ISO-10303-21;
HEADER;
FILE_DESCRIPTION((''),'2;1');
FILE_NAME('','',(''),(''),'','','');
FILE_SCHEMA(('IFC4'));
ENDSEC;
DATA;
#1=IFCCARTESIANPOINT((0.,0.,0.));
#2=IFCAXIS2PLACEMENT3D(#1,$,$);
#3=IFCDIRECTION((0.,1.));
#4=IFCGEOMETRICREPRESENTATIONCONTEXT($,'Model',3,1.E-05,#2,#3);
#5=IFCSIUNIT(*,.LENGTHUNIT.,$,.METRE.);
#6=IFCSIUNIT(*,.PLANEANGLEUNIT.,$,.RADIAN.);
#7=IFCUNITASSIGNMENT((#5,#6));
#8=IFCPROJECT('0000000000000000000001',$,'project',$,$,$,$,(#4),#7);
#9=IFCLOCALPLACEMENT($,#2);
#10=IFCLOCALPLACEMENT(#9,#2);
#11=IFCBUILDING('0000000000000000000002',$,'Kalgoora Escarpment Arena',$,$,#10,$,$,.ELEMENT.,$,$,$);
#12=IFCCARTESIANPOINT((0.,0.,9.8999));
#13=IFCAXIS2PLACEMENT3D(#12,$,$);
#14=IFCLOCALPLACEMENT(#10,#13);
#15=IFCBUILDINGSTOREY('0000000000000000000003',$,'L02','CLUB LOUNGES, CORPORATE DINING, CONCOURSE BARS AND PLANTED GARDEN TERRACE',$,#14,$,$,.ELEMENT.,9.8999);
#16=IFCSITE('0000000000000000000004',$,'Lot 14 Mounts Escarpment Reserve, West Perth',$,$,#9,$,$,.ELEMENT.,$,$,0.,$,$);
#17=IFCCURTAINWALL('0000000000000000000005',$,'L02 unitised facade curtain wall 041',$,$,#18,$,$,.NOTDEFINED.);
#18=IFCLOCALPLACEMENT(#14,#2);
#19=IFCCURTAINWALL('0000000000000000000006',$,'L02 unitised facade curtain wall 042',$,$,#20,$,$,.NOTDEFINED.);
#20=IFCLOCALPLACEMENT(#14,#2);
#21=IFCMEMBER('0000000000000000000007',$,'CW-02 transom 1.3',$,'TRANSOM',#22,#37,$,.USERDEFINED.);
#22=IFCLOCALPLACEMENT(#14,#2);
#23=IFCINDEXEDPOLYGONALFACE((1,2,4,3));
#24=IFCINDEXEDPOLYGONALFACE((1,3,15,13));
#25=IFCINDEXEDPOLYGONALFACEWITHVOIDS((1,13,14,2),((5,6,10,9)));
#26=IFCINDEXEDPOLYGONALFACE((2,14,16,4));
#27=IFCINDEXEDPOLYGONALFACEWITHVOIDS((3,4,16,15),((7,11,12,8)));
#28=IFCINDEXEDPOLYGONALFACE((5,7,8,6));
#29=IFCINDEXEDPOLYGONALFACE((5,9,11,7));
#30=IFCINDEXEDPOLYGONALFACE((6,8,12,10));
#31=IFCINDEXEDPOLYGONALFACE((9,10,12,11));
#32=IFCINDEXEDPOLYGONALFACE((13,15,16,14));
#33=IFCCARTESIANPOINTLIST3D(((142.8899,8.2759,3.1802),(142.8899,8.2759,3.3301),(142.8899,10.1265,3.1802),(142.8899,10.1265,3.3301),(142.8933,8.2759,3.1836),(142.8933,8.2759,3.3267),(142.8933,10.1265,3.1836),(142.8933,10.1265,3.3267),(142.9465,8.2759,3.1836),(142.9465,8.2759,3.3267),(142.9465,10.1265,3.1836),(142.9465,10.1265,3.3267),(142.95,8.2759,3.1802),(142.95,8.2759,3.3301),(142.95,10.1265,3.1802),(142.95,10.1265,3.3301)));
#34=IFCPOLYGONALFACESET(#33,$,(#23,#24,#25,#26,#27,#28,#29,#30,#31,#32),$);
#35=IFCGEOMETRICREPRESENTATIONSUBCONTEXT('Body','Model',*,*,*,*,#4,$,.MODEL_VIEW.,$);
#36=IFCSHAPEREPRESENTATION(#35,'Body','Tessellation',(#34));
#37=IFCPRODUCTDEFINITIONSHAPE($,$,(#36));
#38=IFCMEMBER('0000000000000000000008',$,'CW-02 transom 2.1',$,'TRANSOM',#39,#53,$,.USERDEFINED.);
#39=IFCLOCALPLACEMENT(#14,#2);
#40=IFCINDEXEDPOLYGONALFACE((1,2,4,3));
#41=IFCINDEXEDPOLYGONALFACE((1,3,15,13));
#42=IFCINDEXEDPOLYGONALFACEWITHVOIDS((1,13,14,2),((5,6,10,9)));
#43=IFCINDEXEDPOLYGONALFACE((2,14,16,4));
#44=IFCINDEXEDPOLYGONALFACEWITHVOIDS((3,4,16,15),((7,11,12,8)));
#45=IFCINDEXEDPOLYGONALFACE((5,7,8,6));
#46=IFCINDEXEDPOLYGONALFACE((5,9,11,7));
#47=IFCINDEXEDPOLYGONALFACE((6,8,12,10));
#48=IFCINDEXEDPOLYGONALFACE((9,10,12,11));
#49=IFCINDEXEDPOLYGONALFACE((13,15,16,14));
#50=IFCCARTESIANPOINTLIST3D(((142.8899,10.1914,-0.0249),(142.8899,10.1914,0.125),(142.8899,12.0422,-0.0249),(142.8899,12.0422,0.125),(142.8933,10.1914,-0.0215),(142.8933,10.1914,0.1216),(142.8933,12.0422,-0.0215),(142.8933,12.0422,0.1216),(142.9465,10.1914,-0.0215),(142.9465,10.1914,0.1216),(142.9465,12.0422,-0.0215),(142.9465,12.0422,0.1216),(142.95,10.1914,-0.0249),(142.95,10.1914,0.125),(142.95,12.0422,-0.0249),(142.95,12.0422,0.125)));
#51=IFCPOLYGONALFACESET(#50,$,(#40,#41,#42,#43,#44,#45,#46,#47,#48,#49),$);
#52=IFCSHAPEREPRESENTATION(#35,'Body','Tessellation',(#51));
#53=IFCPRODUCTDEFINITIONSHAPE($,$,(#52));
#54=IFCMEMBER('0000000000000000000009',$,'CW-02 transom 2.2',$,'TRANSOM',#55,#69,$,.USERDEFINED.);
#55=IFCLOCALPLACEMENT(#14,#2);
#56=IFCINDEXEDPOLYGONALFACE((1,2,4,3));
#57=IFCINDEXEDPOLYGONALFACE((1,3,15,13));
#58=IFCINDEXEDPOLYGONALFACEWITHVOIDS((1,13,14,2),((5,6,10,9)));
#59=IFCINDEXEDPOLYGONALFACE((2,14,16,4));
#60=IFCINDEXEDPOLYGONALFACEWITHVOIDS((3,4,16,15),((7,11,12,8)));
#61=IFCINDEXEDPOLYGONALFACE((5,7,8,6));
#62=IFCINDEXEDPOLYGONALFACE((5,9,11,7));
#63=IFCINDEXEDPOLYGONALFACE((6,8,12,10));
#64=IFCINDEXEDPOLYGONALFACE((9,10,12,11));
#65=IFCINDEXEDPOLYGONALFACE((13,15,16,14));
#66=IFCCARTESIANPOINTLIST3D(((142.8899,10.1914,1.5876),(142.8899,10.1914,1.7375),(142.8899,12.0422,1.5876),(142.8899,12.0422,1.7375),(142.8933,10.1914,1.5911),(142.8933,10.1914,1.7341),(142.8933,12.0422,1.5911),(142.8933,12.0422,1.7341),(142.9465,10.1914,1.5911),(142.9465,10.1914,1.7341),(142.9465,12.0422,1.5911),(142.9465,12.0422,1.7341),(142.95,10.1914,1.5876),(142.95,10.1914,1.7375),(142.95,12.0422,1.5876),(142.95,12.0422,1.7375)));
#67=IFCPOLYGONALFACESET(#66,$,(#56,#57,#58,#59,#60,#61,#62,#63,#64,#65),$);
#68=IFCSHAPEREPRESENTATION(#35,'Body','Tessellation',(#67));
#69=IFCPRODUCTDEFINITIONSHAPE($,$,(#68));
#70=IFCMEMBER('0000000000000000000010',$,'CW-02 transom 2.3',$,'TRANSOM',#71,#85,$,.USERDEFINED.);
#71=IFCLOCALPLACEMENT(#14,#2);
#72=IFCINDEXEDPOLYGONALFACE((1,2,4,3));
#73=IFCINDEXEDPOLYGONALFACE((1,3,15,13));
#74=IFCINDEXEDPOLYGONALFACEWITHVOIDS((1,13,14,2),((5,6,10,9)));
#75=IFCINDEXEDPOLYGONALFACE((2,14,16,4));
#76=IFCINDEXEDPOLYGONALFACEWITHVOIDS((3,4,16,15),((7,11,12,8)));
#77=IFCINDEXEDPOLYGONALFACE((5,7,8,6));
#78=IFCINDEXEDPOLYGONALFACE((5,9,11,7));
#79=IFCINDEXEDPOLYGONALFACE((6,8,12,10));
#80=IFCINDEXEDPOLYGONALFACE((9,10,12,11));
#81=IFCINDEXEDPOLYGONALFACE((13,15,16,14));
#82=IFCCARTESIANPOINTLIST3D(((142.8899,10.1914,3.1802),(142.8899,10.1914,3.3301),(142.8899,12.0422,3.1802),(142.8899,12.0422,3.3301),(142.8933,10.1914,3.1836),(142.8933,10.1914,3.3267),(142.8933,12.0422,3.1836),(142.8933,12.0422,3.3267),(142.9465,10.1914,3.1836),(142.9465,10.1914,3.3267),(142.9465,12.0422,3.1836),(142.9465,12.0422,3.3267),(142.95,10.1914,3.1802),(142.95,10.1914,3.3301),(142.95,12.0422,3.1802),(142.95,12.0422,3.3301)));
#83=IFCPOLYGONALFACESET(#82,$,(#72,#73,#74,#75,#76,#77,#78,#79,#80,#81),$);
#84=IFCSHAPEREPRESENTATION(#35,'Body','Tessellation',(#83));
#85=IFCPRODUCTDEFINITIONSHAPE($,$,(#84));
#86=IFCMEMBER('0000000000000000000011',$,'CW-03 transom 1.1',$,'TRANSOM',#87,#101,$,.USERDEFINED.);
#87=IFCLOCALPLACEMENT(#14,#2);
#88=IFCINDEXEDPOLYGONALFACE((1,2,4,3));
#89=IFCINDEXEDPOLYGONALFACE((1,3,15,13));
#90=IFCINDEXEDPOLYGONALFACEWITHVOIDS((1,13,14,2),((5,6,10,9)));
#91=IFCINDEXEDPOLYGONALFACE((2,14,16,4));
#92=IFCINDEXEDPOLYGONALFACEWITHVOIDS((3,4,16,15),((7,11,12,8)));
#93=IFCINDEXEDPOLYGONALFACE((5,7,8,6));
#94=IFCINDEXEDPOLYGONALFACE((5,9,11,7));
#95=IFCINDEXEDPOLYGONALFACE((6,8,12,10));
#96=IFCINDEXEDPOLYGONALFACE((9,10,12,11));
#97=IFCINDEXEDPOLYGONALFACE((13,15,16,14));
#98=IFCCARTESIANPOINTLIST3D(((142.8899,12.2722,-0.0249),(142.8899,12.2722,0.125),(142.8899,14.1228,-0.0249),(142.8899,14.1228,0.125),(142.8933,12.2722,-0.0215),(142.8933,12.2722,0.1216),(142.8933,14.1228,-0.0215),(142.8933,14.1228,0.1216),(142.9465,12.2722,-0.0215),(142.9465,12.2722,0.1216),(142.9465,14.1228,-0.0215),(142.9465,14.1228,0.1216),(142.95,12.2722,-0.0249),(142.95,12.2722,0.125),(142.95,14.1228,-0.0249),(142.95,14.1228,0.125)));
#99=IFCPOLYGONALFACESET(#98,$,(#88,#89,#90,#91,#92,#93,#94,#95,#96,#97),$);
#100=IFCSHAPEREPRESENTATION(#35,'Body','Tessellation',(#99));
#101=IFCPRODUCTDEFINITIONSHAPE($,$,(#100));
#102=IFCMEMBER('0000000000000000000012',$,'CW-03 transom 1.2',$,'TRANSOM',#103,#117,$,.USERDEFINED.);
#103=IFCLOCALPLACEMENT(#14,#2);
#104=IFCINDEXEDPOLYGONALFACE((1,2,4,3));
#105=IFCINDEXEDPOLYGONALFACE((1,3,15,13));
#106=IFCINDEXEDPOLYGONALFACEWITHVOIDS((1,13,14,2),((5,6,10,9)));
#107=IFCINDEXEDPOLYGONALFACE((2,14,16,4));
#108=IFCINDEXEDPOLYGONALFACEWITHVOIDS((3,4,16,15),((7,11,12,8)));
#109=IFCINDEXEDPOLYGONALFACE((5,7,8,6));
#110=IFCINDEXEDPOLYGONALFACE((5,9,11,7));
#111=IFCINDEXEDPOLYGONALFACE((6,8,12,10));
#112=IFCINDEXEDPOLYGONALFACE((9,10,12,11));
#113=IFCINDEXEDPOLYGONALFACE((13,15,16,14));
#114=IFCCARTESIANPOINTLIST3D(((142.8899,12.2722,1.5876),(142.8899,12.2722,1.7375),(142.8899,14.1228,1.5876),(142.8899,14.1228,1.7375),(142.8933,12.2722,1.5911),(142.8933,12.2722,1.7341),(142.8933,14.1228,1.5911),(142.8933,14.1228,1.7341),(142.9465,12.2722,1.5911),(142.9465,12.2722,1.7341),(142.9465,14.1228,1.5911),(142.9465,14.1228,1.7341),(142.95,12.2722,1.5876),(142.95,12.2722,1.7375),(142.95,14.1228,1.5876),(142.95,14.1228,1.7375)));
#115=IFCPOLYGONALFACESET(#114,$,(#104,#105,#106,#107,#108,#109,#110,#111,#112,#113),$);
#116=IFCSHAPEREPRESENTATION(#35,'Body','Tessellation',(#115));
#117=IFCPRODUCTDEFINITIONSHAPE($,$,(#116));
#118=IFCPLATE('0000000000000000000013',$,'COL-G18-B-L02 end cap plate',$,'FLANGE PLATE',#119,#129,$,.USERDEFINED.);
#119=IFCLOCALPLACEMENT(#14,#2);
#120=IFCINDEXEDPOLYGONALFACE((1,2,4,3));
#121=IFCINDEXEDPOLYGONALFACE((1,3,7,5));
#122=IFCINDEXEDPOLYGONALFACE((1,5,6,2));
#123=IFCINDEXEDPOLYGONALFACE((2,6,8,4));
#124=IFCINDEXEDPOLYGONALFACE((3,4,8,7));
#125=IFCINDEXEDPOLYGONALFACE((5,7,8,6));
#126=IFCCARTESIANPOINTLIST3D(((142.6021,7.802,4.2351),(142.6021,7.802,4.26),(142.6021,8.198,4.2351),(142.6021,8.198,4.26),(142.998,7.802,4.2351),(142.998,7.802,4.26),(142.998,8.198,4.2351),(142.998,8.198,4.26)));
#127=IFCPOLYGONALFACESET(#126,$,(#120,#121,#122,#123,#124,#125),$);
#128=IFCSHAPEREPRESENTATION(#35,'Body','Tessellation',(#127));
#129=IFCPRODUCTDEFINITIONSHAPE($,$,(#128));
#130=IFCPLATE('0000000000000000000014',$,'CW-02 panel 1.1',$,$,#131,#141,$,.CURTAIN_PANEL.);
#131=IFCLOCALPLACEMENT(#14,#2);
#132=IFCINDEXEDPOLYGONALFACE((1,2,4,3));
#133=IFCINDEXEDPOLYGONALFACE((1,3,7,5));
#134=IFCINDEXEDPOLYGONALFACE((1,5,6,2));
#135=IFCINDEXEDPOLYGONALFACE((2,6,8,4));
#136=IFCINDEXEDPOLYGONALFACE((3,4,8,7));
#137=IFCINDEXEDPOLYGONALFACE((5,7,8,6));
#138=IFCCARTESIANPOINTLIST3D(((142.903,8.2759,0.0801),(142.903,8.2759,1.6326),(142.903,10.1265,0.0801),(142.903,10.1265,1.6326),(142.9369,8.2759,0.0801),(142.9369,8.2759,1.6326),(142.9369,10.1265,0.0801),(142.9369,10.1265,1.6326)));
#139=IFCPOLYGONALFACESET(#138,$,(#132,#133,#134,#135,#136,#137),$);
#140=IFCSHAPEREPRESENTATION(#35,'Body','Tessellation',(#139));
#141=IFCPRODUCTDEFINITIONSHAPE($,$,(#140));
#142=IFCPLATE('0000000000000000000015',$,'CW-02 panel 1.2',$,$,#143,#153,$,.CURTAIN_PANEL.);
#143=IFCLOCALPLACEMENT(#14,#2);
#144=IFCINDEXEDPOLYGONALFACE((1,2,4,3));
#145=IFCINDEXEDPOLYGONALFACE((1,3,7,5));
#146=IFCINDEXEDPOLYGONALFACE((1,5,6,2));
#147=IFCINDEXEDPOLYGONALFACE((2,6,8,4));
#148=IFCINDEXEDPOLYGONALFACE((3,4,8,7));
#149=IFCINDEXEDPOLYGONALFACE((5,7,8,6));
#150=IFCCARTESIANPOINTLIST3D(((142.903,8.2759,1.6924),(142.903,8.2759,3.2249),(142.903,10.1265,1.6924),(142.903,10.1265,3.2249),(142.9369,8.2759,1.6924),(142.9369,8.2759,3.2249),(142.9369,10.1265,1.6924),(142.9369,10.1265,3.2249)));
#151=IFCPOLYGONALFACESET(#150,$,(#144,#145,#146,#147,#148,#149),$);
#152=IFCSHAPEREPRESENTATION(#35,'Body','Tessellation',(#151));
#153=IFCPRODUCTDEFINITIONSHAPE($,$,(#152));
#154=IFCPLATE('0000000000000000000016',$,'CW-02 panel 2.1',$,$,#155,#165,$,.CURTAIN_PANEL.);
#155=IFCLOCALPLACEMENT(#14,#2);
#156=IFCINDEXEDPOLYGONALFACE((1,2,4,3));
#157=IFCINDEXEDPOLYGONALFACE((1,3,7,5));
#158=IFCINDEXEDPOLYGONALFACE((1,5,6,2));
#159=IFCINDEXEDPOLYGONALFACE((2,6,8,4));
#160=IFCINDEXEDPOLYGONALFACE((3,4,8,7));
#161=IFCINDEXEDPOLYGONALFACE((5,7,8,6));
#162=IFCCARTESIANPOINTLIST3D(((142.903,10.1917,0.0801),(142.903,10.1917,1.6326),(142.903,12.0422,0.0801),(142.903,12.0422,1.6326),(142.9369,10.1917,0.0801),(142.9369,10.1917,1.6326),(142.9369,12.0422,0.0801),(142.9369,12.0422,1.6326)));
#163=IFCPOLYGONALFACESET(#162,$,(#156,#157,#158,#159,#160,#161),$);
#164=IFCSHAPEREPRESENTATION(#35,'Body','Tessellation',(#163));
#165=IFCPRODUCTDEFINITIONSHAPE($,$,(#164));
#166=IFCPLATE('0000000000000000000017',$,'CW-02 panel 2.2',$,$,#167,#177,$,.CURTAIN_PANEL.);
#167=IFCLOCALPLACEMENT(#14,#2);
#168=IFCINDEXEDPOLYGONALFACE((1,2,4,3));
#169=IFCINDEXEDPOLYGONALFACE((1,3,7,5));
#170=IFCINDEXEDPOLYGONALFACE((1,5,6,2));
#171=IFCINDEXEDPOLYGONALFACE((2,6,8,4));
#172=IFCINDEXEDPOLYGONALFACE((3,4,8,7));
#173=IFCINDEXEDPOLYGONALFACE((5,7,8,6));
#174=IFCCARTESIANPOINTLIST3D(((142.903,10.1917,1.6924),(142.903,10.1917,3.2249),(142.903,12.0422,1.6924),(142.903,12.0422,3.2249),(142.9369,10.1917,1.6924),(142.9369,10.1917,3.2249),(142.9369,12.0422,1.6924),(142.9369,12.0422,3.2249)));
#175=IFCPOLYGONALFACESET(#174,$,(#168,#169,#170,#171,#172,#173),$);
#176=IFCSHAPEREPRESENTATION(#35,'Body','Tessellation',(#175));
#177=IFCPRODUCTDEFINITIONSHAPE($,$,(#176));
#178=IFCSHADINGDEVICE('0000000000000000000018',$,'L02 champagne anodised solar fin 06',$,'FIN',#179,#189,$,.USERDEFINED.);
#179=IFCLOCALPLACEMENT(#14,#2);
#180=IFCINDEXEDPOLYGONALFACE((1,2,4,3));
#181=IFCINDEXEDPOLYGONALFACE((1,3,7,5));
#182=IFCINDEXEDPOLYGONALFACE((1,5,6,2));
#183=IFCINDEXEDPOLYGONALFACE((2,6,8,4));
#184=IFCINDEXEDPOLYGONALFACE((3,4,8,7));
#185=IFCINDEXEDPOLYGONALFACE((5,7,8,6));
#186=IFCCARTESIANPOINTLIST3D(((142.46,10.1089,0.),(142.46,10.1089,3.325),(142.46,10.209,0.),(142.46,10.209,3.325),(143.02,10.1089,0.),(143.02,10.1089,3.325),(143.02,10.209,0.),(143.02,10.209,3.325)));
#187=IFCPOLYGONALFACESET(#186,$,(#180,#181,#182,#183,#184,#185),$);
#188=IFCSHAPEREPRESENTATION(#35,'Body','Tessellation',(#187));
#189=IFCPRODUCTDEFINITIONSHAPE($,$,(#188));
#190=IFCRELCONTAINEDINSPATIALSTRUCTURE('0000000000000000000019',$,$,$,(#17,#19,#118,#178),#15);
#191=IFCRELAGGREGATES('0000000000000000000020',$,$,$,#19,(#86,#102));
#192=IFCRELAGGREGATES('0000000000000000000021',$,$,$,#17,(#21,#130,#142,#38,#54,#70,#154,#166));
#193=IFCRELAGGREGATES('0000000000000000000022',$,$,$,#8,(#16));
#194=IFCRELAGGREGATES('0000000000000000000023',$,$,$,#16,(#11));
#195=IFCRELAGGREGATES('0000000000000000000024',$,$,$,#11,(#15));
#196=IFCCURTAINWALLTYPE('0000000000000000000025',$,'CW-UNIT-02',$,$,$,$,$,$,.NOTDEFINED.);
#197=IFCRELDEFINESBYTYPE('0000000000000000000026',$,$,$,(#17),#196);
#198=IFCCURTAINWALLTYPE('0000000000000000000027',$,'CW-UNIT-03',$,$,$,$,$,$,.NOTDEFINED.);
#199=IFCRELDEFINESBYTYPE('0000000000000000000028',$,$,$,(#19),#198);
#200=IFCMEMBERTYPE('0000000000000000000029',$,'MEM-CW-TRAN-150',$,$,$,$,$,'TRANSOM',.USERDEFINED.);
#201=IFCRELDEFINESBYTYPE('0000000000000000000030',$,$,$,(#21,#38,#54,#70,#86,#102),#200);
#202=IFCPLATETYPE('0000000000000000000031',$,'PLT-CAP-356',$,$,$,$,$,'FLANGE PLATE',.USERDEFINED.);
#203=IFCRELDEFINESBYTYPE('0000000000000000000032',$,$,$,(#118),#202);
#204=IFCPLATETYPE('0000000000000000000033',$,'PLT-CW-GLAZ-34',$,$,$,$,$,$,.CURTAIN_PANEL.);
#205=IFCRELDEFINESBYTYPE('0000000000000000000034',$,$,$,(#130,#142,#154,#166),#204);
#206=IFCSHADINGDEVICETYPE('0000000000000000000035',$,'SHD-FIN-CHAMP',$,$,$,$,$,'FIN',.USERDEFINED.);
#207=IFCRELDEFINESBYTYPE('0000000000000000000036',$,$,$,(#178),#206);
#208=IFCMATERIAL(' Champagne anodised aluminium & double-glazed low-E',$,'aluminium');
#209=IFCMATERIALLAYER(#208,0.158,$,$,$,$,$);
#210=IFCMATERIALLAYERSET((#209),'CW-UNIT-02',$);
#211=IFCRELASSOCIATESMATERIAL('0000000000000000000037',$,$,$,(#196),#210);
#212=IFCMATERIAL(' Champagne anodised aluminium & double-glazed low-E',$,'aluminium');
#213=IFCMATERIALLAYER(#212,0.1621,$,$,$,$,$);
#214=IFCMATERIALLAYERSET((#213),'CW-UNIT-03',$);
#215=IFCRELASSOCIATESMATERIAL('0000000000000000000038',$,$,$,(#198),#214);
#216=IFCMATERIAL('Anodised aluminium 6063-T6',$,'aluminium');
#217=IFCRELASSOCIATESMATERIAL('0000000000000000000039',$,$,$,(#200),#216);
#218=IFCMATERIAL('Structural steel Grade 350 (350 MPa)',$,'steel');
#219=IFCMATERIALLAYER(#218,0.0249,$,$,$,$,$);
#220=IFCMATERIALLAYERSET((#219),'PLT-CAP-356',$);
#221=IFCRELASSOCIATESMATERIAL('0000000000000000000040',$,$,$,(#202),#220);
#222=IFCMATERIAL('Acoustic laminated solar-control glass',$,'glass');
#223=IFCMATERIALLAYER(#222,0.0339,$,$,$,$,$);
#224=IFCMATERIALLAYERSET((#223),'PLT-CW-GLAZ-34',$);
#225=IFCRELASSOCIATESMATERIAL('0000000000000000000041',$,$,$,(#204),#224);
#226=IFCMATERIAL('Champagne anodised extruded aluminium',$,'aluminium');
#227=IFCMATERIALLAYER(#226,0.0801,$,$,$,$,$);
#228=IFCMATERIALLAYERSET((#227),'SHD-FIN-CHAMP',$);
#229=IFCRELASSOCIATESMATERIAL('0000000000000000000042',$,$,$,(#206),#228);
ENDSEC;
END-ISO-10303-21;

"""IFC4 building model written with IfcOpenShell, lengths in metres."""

from ifc_helpers import new_model, si_unit, direction, frame, origin, origin_2d, place, context, subcontext, project, spatial, rectangle, hollow_rectangle, extrude, material, layer, layer_set, material_profile, profile_set, type_object, element, aggregate, save


model = new_model("IFC4")

# Units and contexts
model_context = context("Model", 3, precision=1e-05, world=origin(), true_north=direction((0.0, 1.0)))
body_context = subcontext(model_context, "Body", "Model", "MODEL_VIEW")
ifc_project = project(units=[si_unit("LENGTHUNIT", "METRE"), si_unit("PLANEANGLEUNIT", "RADIAN")], contexts=[model_context])

# Site, building, storey
site_placement = place(None, origin())
site = spatial("IfcSite", under=ifc_project, at=site_placement, Name="Lot 14 Mounts Escarpment Reserve, West Perth", CompositionType="ELEMENT", RefElevation=0.0)
building_placement = place(site_placement, origin())
building = spatial("IfcBuilding", under=site, at=building_placement, Name="Kalgoora Escarpment Arena", CompositionType="ELEMENT")
storey_placement = place(building_placement, frame((0.0, 0.0, 9.8999)))
storey = spatial("IfcBuildingStorey", under=building, at=storey_placement, Name="L02", Description="CLUB LOUNGES, CORPORATE DINING, CONCOURSE BARS AND PLANTED GARDEN TERRACE", CompositionType="ELEMENT", Elevation=9.8999)

# Curtain wall
ifc_material_1 = material(Name=" Champagne anodised aluminium & double-glazed low-E", Category="aluminium")
ifc_layer_1 = layer(ifc_material_1, 0.158)
ifc_layer_set_1 = layer_set([ifc_layer_1], Name="CW-UNIT-02")
curtain_wall_type_1 = type_object("IfcCurtainWallType", Name="CW-UNIT-02", PredefinedType="NOTDEFINED", material=ifc_layer_set_1)
curtain_wall_1_placement = place(storey_placement, origin())
curtain_wall_1 = element("IfcCurtainWall", 1, at=curtain_wall_1_placement, inside=storey, type_object=curtain_wall_type_1, Name="L02 unitised facade curtain wall 041", PredefinedType="NOTDEFINED")

# Curtain wall
ifc_material_2 = material(Name=" Champagne anodised aluminium & double-glazed low-E", Category="aluminium")
ifc_layer_2 = layer(ifc_material_2, 0.1621)
ifc_layer_set_2 = layer_set([ifc_layer_2], Name="CW-UNIT-03")
curtain_wall_type_2 = type_object("IfcCurtainWallType", Name="CW-UNIT-03", PredefinedType="NOTDEFINED", material=ifc_layer_set_2)
curtain_wall_2_placement = place(storey_placement, origin())
curtain_wall_2 = element("IfcCurtainWall", 2, at=curtain_wall_2_placement, inside=storey, type_object=curtain_wall_type_2, Name="L02 unitised facade curtain wall 042", PredefinedType="NOTDEFINED")

# Members
ifc_material_3 = material(Name="Anodised aluminium 6063-T6", Category="aluminium")
ifc_material_profile_1 = material_profile(ifc_material_3, hollow_rectangle(XDim=0.0601, YDim=0.1499, WallThickness=0.0034, at=origin_2d()))
ifc_profile_set_1 = profile_set([ifc_material_profile_1], Name="Anodised aluminium 6063-T6")
member_type_1 = type_object("IfcMemberType", Name="MEM-CW-TRAN-150", ElementType="TRANSOM", PredefinedType="USERDEFINED", material=ifc_profile_set_1)
member_1_placement = place(storey_placement, frame((142.9199, 8.2759, 3.2551), z_axis=(0.0, 1.0, 0.0), x_axis=(-1.0, 0.0, 0.0)))
member_1 = element("IfcMember", 3, at=member_1_placement, type_object=member_type_1, Name="CW-02 transom 1.3", ObjectType="TRANSOM", PredefinedType="USERDEFINED", context=body_context, shape_type="SweptSolid", body=[
    extrude(hollow_rectangle(XDim=0.0601, YDim=0.1499, WallThickness=0.0034, at=origin_2d()), origin(), (0.0, 0.0, 1.0), 1.8506),
])
member_2_placement = place(storey_placement, frame((142.9199, 10.1914, 0.05), z_axis=(0.0, 1.0, 0.0), x_axis=(-1.0, 0.0, 0.0)))
member_2 = element("IfcMember", 4, at=member_2_placement, type_object=member_type_1, Name="CW-02 transom 2.1", ObjectType="TRANSOM", PredefinedType="USERDEFINED", context=body_context, shape_type="SweptSolid", body=[
    extrude(hollow_rectangle(XDim=0.0601, YDim=0.1499, WallThickness=0.0034, at=origin_2d()), origin(), (0.0, 0.0, 1.0), 1.8508),
])
member_3_placement = place(storey_placement, frame((142.9199, 10.1914, 1.6626), z_axis=(0.0, 1.0, 0.0), x_axis=(-1.0, 0.0, 0.0)))
member_3 = element("IfcMember", 5, at=member_3_placement, type_object=member_type_1, Name="CW-02 transom 2.2", ObjectType="TRANSOM", PredefinedType="USERDEFINED", context=body_context, shape_type="SweptSolid", body=[
    extrude(hollow_rectangle(XDim=0.0601, YDim=0.1499, WallThickness=0.0034, at=origin_2d()), origin(), (0.0, 0.0, 1.0), 1.8508),
])
member_4_placement = place(storey_placement, frame((142.9199, 10.1914, 3.2551), z_axis=(0.0, 1.0, 0.0), x_axis=(-1.0, 0.0, 0.0)))
member_4 = element("IfcMember", 6, at=member_4_placement, type_object=member_type_1, Name="CW-02 transom 2.3", ObjectType="TRANSOM", PredefinedType="USERDEFINED", context=body_context, shape_type="SweptSolid", body=[
    extrude(hollow_rectangle(XDim=0.0601, YDim=0.1499, WallThickness=0.0034, at=origin_2d()), origin(), (0.0, 0.0, 1.0), 1.8508),
])
member_5_placement = place(storey_placement, frame((142.9199, 12.2722, 0.05), z_axis=(0.0, 1.0, 0.0), x_axis=(-1.0, 0.0, 0.0)))
member_5 = element("IfcMember", 7, at=member_5_placement, type_object=member_type_1, Name="CW-03 transom 1.1", ObjectType="TRANSOM", PredefinedType="USERDEFINED", context=body_context, shape_type="SweptSolid", body=[
    extrude(hollow_rectangle(XDim=0.0601, YDim=0.1499, WallThickness=0.0034, at=origin_2d()), origin(), (0.0, 0.0, 1.0), 1.8506),
])
member_6_placement = place(storey_placement, frame((142.9199, 12.2722, 1.6626), z_axis=(0.0, 1.0, 0.0), x_axis=(-1.0, 0.0, 0.0)))
member_6 = element("IfcMember", 8, at=member_6_placement, type_object=member_type_1, Name="CW-03 transom 1.2", ObjectType="TRANSOM", PredefinedType="USERDEFINED", context=body_context, shape_type="SweptSolid", body=[
    extrude(hollow_rectangle(XDim=0.0601, YDim=0.1499, WallThickness=0.0034, at=origin_2d()), origin(), (0.0, 0.0, 1.0), 1.8506),
])
aggregate(curtain_wall_2, [member_5, member_6])

# Plates
ifc_material_4 = material(Name="Structural steel Grade 350 (350 MPa)", Category="steel")
ifc_layer_3 = layer(ifc_material_4, 0.0249)
ifc_layer_set_3 = layer_set([ifc_layer_3], Name="PLT-CAP-356")
plate_type_1 = type_object("IfcPlateType", Name="PLT-CAP-356", ElementType="FLANGE PLATE", PredefinedType="USERDEFINED", material=ifc_layer_set_3)
plate_1_placement = place(storey_placement, frame((142.8, 8.0, 4.2351), z_axis=(0.0, 0.0, 1.0), x_axis=(1.0, 0.0, 0.0)))
element("IfcPlate", 9, at=plate_1_placement, inside=storey, type_object=plate_type_1, Name="COL-G18-B-L02 end cap plate", ObjectType="FLANGE PLATE", PredefinedType="USERDEFINED", context=body_context, shape_type="SweptSolid", body=[
    extrude(rectangle(XDim=0.396, YDim=0.396, at=origin_2d()), origin(), (0.0, 0.0, 1.0), 0.0249),
])
ifc_material_5 = material(Name="Acoustic laminated solar-control glass", Category="glass")
ifc_layer_4 = layer(ifc_material_5, 0.0339)
ifc_layer_set_4 = layer_set([ifc_layer_4], Name="PLT-CW-GLAZ-34")
plate_type_2 = type_object("IfcPlateType", Name="PLT-CW-GLAZ-34", PredefinedType="CURTAIN_PANEL", material=ifc_layer_set_4)
plate_2_placement = place(storey_placement, frame((142.9199, 9.2012, 0.0801), z_axis=(0.0, 0.0, 1.0), x_axis=(0.0, 1.0, 0.0)))
plate_2 = element("IfcPlate", 10, at=plate_2_placement, type_object=plate_type_2, Name="CW-02 panel 1.1", PredefinedType="CURTAIN_PANEL", context=body_context, shape_type="SweptSolid", body=[
    extrude(rectangle(XDim=1.8506, YDim=0.0339, at=origin_2d()), origin(), (0.0, 0.0, 1.0), 1.5525),
])
plate_3_placement = place(storey_placement, frame((142.9199, 9.2012, 1.6924), z_axis=(0.0, 0.0, 1.0), x_axis=(0.0, 1.0, 0.0)))
plate_3 = element("IfcPlate", 11, at=plate_3_placement, type_object=plate_type_2, Name="CW-02 panel 1.2", PredefinedType="CURTAIN_PANEL", context=body_context, shape_type="SweptSolid", body=[
    extrude(rectangle(XDim=1.8506, YDim=0.0339, at=origin_2d()), origin(), (0.0, 0.0, 1.0), 1.5325),
])
plate_4_placement = place(storey_placement, frame((142.9199, 11.1169, 0.0801), z_axis=(0.0, 0.0, 1.0), x_axis=(0.0, 1.0, 0.0)))
plate_4 = element("IfcPlate", 12, at=plate_4_placement, type_object=plate_type_2, Name="CW-02 panel 2.1", PredefinedType="CURTAIN_PANEL", context=body_context, shape_type="SweptSolid", body=[
    extrude(rectangle(XDim=1.8506, YDim=0.0339, at=origin_2d()), origin(), (0.0, 0.0, 1.0), 1.5525),
])
plate_5_placement = place(storey_placement, frame((142.9199, 11.1169, 1.6924), z_axis=(0.0, 0.0, 1.0), x_axis=(0.0, 1.0, 0.0)))
plate_5 = element("IfcPlate", 13, at=plate_5_placement, type_object=plate_type_2, Name="CW-02 panel 2.2", PredefinedType="CURTAIN_PANEL", context=body_context, shape_type="SweptSolid", body=[
    extrude(rectangle(XDim=1.8506, YDim=0.0339, at=origin_2d()), origin(), (0.0, 0.0, 1.0), 1.5325),
])
aggregate(curtain_wall_1, [member_1, plate_2, plate_3, member_2, member_3, member_4, plate_4, plate_5])

# Shading device
ifc_material_6 = material(Name="Champagne anodised extruded aluminium", Category="aluminium")
ifc_layer_5 = layer(ifc_material_6, 0.0801)
ifc_layer_set_5 = layer_set([ifc_layer_5], Name="SHD-FIN-CHAMP")
shading_device_type = type_object("IfcShadingDeviceType", Name="SHD-FIN-CHAMP", ElementType="FIN", PredefinedType="USERDEFINED", material=ifc_layer_set_5)
shading_device_placement = place(storey_placement, frame((142.74, 10.1589, 0.0), z_axis=(0.0, 0.0, 1.0), x_axis=(-1.0, 0.0, 0.0)))
element("IfcShadingDevice", 14, at=shading_device_placement, inside=storey, type_object=shading_device_type, Name="L02 champagne anodised solar fin 06", ObjectType="FIN", PredefinedType="USERDEFINED", context=body_context, shape_type="SweptSolid", body=[
    extrude(rectangle(XDim=0.5601, YDim=0.1001, at=origin_2d()), origin(), (0.0, 0.0, 1.0), 3.325),
])

save(model, "model.ifc")
